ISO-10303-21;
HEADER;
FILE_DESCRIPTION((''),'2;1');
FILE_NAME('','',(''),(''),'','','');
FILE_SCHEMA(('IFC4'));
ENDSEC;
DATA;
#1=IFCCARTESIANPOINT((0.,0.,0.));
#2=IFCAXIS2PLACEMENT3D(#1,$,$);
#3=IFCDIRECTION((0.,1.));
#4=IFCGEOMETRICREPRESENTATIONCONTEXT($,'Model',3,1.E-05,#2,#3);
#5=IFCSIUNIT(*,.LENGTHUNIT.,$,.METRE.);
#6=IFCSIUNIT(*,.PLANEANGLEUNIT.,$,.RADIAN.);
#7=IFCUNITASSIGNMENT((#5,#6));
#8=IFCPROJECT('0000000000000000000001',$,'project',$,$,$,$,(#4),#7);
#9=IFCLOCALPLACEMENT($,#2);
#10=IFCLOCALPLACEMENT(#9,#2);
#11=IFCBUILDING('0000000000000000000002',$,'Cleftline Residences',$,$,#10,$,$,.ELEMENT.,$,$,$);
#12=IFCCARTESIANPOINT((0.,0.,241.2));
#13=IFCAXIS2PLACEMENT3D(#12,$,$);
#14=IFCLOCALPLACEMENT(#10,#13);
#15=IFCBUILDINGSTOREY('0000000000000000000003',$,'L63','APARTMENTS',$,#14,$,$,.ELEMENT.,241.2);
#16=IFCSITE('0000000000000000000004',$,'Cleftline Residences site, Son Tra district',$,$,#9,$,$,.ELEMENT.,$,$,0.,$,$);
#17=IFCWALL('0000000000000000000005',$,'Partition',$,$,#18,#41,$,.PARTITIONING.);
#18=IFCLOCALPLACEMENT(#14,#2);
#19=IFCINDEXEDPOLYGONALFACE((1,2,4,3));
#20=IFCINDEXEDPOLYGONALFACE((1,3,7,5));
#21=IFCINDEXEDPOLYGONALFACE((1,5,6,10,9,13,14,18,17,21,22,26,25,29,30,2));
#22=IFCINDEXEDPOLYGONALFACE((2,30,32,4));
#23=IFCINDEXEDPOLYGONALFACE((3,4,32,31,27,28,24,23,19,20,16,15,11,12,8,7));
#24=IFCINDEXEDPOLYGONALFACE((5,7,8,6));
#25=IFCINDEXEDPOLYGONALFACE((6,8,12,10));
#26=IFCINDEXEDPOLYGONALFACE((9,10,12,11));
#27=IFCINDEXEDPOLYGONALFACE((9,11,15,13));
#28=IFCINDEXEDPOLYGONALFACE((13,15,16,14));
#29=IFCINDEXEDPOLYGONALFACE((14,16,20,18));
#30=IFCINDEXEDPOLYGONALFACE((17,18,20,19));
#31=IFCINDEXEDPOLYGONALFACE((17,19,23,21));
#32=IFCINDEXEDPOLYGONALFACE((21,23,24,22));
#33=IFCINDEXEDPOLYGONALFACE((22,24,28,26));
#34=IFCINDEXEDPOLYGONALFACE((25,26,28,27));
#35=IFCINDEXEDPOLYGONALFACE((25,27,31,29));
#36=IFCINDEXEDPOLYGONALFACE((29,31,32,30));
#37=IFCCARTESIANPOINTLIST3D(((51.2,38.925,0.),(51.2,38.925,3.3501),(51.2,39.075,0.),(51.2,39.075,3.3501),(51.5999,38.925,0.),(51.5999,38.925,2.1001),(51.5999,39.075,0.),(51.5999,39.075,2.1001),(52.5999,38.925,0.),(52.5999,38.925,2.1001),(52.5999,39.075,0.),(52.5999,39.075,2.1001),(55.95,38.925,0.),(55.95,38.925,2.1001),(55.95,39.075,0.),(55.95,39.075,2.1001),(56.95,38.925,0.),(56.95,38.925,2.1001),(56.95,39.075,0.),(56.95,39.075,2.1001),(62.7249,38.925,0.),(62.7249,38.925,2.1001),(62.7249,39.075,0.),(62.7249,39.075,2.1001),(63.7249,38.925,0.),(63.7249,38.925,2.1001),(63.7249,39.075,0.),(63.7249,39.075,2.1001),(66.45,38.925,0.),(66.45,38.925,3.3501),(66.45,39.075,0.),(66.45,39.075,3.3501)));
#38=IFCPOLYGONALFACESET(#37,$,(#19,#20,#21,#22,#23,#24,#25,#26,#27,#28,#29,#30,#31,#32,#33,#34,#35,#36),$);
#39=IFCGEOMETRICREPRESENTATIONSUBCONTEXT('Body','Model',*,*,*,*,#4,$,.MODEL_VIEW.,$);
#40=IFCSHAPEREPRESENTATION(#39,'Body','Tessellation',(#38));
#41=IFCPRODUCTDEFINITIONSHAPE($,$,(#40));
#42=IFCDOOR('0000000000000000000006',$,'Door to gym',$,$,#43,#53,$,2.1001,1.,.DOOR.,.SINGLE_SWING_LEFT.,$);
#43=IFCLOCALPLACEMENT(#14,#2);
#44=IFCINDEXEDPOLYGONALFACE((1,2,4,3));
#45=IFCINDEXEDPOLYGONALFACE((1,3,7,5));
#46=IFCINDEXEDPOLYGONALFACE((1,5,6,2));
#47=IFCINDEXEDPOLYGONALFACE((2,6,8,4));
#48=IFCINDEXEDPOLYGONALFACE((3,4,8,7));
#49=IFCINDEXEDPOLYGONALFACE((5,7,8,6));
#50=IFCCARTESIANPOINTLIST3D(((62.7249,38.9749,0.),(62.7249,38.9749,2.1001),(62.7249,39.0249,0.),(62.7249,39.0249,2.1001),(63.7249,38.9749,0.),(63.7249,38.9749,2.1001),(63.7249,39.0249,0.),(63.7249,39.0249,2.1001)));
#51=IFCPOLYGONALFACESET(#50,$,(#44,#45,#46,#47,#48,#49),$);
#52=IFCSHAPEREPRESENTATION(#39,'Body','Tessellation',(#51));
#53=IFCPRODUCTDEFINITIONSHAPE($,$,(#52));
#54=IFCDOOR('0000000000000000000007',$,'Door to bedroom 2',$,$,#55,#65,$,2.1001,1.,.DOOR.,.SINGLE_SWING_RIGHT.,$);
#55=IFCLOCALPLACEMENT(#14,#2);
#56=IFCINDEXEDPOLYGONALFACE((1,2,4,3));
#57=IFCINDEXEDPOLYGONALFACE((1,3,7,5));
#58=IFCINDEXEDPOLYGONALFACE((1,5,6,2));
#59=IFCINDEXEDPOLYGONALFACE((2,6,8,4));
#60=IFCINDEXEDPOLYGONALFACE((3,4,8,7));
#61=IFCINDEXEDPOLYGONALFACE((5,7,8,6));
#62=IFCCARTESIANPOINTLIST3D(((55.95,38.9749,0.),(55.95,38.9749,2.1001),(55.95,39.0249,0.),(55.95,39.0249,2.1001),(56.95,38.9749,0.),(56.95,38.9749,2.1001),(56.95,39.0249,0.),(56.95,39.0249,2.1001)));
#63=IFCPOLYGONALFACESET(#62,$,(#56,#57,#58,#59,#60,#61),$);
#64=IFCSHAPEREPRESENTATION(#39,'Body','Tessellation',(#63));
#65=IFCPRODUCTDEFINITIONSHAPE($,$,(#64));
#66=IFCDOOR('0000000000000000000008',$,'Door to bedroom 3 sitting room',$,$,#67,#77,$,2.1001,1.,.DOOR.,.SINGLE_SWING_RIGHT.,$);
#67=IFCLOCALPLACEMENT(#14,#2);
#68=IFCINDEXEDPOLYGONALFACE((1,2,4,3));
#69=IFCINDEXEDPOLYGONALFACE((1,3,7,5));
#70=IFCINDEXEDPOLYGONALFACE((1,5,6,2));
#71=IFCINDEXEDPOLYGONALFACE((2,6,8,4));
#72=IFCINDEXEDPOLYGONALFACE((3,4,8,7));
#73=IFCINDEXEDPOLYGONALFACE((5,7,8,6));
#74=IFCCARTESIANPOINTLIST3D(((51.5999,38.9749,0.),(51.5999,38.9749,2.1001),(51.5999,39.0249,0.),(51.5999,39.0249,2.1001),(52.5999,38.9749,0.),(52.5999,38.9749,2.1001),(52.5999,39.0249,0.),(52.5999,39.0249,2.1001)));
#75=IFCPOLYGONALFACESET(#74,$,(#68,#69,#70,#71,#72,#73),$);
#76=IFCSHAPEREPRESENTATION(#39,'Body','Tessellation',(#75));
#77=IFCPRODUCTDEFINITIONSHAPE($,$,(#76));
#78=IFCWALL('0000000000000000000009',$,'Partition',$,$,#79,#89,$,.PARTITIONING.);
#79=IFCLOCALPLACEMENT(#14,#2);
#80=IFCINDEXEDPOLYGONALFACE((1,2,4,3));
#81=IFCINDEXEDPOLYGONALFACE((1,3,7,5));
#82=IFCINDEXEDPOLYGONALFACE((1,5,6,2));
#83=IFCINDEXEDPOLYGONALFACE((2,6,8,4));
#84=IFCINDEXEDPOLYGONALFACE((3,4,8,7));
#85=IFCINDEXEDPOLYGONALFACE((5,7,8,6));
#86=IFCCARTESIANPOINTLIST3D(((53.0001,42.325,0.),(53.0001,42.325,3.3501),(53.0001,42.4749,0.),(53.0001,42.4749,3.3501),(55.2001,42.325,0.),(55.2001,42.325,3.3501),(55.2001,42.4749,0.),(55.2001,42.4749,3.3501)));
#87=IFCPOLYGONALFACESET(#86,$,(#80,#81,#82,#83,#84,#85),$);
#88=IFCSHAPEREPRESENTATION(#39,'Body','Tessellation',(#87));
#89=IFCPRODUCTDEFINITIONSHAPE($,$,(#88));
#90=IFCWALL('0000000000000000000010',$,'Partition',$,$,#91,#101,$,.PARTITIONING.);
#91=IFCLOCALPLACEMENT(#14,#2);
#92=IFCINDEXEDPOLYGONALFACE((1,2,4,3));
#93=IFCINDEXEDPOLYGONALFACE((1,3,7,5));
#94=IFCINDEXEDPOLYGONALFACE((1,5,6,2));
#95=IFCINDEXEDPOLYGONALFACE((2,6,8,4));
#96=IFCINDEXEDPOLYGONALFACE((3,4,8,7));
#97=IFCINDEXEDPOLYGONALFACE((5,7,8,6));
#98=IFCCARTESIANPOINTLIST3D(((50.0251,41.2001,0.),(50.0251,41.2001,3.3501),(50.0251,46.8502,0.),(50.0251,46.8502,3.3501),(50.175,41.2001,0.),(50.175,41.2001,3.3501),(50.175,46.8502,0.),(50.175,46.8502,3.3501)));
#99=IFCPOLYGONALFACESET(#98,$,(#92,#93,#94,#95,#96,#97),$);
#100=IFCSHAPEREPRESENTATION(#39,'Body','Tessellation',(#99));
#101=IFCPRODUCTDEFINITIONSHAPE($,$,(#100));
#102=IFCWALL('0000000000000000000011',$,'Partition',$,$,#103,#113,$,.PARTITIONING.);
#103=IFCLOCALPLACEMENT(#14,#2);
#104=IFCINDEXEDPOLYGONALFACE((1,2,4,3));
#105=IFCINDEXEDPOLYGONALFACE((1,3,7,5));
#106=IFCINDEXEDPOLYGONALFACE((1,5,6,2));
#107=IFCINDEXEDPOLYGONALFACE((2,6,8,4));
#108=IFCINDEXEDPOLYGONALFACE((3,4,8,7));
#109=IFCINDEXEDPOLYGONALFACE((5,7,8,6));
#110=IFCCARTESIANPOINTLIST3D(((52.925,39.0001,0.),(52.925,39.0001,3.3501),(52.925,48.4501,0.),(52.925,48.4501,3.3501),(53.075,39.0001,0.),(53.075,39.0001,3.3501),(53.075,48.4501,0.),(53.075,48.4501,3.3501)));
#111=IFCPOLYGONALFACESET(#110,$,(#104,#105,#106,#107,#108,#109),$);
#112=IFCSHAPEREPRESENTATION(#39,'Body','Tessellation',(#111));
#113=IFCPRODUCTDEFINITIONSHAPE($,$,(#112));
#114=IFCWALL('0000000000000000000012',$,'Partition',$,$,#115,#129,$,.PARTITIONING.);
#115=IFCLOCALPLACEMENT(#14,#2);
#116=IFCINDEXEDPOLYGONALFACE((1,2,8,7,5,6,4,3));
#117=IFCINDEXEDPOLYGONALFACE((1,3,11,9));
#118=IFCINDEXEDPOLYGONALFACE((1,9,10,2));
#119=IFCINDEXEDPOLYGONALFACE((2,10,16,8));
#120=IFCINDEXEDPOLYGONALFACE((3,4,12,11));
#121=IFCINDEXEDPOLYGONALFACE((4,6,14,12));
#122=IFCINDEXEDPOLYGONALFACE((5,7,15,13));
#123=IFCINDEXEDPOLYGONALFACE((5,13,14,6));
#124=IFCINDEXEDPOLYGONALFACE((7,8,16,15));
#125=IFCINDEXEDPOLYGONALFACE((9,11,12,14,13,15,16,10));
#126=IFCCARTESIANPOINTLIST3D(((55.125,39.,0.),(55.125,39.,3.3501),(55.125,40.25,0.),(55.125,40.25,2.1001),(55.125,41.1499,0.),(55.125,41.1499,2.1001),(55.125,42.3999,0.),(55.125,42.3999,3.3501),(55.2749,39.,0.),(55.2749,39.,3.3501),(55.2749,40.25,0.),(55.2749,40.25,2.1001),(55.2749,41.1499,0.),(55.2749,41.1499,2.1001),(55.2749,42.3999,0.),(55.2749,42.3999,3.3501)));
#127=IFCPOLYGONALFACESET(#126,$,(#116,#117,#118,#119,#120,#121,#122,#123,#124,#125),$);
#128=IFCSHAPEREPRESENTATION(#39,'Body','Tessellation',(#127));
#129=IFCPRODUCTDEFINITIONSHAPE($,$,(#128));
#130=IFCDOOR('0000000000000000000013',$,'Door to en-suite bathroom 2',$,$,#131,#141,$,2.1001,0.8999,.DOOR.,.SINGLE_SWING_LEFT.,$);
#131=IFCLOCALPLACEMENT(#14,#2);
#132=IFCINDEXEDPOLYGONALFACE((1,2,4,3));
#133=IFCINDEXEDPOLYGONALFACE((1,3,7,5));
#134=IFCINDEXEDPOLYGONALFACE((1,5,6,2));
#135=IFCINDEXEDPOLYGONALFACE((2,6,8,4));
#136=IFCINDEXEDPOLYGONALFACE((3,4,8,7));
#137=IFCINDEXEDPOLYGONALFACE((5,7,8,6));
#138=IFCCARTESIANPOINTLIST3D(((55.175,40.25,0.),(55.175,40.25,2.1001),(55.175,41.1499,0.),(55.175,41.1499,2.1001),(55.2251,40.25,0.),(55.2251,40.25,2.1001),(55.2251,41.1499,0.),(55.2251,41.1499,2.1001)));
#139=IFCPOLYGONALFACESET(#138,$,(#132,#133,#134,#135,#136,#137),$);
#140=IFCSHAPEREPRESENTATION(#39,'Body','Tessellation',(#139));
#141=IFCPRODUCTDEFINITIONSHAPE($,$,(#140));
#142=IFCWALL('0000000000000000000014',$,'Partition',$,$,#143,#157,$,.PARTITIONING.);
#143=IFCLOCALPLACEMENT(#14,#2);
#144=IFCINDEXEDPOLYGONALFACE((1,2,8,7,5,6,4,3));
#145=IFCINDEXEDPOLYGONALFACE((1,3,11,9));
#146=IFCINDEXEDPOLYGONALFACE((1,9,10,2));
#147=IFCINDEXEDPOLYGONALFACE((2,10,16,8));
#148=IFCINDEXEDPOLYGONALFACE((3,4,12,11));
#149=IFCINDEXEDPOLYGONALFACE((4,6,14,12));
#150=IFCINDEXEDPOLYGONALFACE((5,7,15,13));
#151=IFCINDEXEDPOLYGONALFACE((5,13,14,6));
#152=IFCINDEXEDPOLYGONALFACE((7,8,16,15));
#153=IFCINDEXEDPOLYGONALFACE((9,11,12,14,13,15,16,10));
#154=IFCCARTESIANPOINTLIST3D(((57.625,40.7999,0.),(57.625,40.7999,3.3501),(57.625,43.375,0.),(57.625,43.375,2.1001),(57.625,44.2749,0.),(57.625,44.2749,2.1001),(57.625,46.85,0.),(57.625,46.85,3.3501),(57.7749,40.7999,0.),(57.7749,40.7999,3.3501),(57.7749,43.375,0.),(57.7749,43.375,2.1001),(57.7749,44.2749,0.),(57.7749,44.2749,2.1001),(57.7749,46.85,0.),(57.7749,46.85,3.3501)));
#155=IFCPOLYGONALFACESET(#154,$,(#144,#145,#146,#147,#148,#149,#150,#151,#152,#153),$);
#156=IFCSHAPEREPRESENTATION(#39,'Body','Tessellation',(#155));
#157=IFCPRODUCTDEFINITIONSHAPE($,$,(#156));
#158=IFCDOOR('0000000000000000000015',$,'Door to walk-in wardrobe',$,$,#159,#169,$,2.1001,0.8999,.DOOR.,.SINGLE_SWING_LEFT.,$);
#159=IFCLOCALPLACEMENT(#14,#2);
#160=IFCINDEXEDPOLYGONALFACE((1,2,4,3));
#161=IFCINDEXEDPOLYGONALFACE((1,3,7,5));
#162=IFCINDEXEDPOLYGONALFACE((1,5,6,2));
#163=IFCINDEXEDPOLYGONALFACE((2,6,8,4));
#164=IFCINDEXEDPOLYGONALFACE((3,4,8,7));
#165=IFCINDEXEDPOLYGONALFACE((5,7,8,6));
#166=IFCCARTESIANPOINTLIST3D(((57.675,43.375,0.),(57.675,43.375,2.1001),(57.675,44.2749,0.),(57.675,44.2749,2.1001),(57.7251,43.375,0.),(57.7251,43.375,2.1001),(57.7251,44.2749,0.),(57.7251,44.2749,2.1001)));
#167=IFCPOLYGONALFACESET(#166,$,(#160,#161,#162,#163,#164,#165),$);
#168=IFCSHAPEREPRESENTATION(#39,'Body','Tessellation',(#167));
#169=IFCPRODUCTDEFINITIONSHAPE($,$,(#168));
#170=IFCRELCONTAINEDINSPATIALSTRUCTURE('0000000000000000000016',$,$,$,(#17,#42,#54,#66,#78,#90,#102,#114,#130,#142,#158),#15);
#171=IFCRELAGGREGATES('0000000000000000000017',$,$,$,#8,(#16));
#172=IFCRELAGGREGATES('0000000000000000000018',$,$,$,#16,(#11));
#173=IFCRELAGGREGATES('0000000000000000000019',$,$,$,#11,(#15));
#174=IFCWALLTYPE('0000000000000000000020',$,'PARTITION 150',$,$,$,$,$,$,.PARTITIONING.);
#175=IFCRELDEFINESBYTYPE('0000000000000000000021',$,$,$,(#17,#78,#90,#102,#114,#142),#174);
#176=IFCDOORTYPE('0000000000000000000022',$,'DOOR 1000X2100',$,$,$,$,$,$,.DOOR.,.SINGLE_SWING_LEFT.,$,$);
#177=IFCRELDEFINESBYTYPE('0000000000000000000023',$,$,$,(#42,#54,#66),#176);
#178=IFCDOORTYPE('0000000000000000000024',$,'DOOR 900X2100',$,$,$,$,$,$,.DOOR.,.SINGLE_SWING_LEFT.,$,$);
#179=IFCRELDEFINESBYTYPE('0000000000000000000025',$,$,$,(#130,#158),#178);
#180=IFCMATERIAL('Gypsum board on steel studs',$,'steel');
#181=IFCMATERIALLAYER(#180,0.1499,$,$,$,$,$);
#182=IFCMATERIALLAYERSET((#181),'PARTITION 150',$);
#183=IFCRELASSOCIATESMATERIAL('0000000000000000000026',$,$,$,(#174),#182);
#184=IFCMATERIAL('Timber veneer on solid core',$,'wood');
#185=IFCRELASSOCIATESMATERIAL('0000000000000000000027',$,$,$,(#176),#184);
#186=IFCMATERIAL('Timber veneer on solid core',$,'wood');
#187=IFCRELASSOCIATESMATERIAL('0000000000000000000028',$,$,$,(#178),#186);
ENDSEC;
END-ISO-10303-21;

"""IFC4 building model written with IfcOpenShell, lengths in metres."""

from ifc_helpers import new_model, si_unit, direction, frame, frame_2d, origin, place, context, subcontext, project, spatial, rectangle, extrude, material, layer, layer_set, type_object, element, fill, save


model = new_model("IFC4")

# Units and contexts
model_context = context("Model", 3, precision=1e-05, world=origin(), true_north=direction((0.0, 1.0)))
body_context = subcontext(model_context, "Body", "Model", "MODEL_VIEW")
ifc_project = project(units=[si_unit("LENGTHUNIT", "METRE"), si_unit("PLANEANGLEUNIT", "RADIAN")], contexts=[model_context])

# Site, building, storey
site_placement = place(None, origin())
site = spatial("IfcSite", under=ifc_project, at=site_placement, Name="Cleftline Residences site, Son Tra district", CompositionType="ELEMENT", RefElevation=0.0)
building_placement = place(site_placement, origin())
building = spatial("IfcBuilding", under=site, at=building_placement, Name="Cleftline Residences", CompositionType="ELEMENT")
storey_placement = place(building_placement, frame((0.0, 0.0, 241.2)))
storey = spatial("IfcBuildingStorey", under=building, at=storey_placement, Name="L63", Description="APARTMENTS", CompositionType="ELEMENT", Elevation=241.2)

# Wall, openings, doors
ifc_material_1 = material(Name="Gypsum board on steel studs", Category="steel")
ifc_layer_1 = layer(ifc_material_1, 0.1499)
ifc_layer_set_1 = layer_set([ifc_layer_1], Name="PARTITION 150")
wall_type_1 = type_object("IfcWallType", Name="PARTITION 150", PredefinedType="PARTITIONING", material=ifc_layer_set_1)
wall_1_placement = place(storey_placement, frame((51.2, 39.0, 0.0), z_axis=(0.0, 0.0, 1.0), x_axis=(1.0, 0.0, 0.0)))
wall_1 = element("IfcWall", 1, at=wall_1_placement, inside=storey, type_object=wall_type_1, Name="Partition", PredefinedType="PARTITIONING", context=body_context, shape_type="SweptSolid", body=[
    extrude(rectangle(XDim=15.25, YDim=0.1499, at=frame_2d((7.625, 0.0))), origin(), (0.0, 0.0, 1.0), 3.3501),
])
opening_1_placement = place(wall_1_placement, frame((11.5249, 0.0, 0.0)))
opening_1 = element("IfcOpeningElement", 2, at=opening_1_placement, cuts=wall_1, PredefinedType="OPENING", context=body_context, shape_type="SweptSolid", body=[
    extrude(rectangle(XDim=1.0, YDim=2.1001, at=frame_2d((0.5, 1.05))), frame((0.0, 0.085, 0.0), z_axis=(0.0, -1.0, 0.0), x_axis=(1.0, 0.0, 0.0)), (0.0, 0.0, 1.0), 0.1699),
])
opening_2_placement = place(wall_1_placement, frame((4.75, 0.0, 0.0)))
opening_2 = element("IfcOpeningElement", 3, at=opening_2_placement, cuts=wall_1, PredefinedType="OPENING", context=body_context, shape_type="SweptSolid", body=[
    extrude(rectangle(XDim=1.0, YDim=2.1001, at=frame_2d((0.5, 1.05))), frame((0.0, 0.085, 0.0), z_axis=(0.0, -1.0, 0.0), x_axis=(1.0, 0.0, 0.0)), (0.0, 0.0, 1.0), 0.1699),
])
opening_3_placement = place(wall_1_placement, frame((0.3999, 0.0, 0.0)))
opening_3 = element("IfcOpeningElement", 4, at=opening_3_placement, cuts=wall_1, PredefinedType="OPENING", context=body_context, shape_type="SweptSolid", body=[
    extrude(rectangle(XDim=1.0, YDim=2.1001, at=frame_2d((0.5, 1.05))), frame((0.0, 0.085, 0.0), z_axis=(0.0, -1.0, 0.0), x_axis=(1.0, 0.0, 0.0)), (0.0, 0.0, 1.0), 0.1699),
])
ifc_material_2 = material(Name="Timber veneer on solid core", Category="wood")
door_type_1 = type_object("IfcDoorType", Name="DOOR 1000X2100", OperationType="SINGLE_SWING_LEFT", PredefinedType="DOOR", material=ifc_material_2)
door_1_placement = place(opening_1_placement, origin())
door_1 = element("IfcDoor", 5, at=door_1_placement, inside=storey, type_object=door_type_1, Name="Door to gym", OperationType="SINGLE_SWING_LEFT", OverallHeight=2.1001, OverallWidth=1.0, PredefinedType="DOOR", context=body_context, shape_type="SweptSolid", body=[
    extrude(rectangle(XDim=1.0, YDim=2.1001, at=frame_2d((0.5, 1.05))), frame((0.0, 0.0249, 0.0), z_axis=(0.0, -1.0, 0.0), x_axis=(1.0, 0.0, 0.0)), (0.0, 0.0, 1.0), 0.05),
])
fill(opening_1, door_1)
door_2_placement = place(opening_2_placement, origin())
door_2 = element("IfcDoor", 6, at=door_2_placement, inside=storey, type_object=door_type_1, Name="Door to bedroom 2", OperationType="SINGLE_SWING_RIGHT", OverallHeight=2.1001, OverallWidth=1.0, PredefinedType="DOOR", context=body_context, shape_type="SweptSolid", body=[
    extrude(rectangle(XDim=1.0, YDim=2.1001, at=frame_2d((0.5, 1.05))), frame((0.0, 0.0249, 0.0), z_axis=(0.0, -1.0, 0.0), x_axis=(1.0, 0.0, 0.0)), (0.0, 0.0, 1.0), 0.05),
])
fill(opening_2, door_2)
door_3_placement = place(opening_3_placement, origin())
door_3 = element("IfcDoor", 7, at=door_3_placement, inside=storey, type_object=door_type_1, Name="Door to bedroom 3 sitting room", OperationType="SINGLE_SWING_RIGHT", OverallHeight=2.1001, OverallWidth=1.0, PredefinedType="DOOR", context=body_context, shape_type="SweptSolid", body=[
    extrude(rectangle(XDim=1.0, YDim=2.1001, at=frame_2d((0.5, 1.05))), frame((0.0, 0.0249, 0.0), z_axis=(0.0, -1.0, 0.0), x_axis=(1.0, 0.0, 0.0)), (0.0, 0.0, 1.0), 0.05),
])
fill(opening_3, door_3)

# Walls
wall_2_placement = place(storey_placement, frame((53.0, 42.3999, 0.0), z_axis=(0.0, 0.0, 1.0), x_axis=(1.0, 0.0, 0.0)))
element("IfcWall", 8, at=wall_2_placement, inside=storey, type_object=wall_type_1, Name="Partition", PredefinedType="PARTITIONING", context=body_context, shape_type="SweptSolid", body=[
    extrude(rectangle(XDim=2.2, YDim=0.1499, at=frame_2d((1.1001, 0.0))), origin(), (0.0, 0.0, 1.0), 3.3501),
])
wall_3_placement = place(storey_placement, frame((50.1001, 41.2, 0.0), z_axis=(0.0, 0.0, 1.0), x_axis=(0.0, 1.0, 0.0)))
element("IfcWall", 9, at=wall_3_placement, inside=storey, type_object=wall_type_1, Name="Partition", PredefinedType="PARTITIONING", context=body_context, shape_type="SweptSolid", body=[
    extrude(rectangle(XDim=5.6501, YDim=0.1499, at=frame_2d((2.8252, 0.0))), origin(), (0.0, 0.0, 1.0), 3.3501),
])
wall_4_placement = place(storey_placement, frame((53.0, 39.0, 0.0), z_axis=(0.0, 0.0, 1.0), x_axis=(0.0, 1.0, 0.0)))
element("IfcWall", 10, at=wall_4_placement, inside=storey, type_object=wall_type_1, Name="Partition", PredefinedType="PARTITIONING", context=body_context, shape_type="SweptSolid", body=[
    extrude(rectangle(XDim=9.45, YDim=0.1499, at=frame_2d((4.7251, 0.0))), origin(), (0.0, 0.0, 1.0), 3.3501),
])

# Walls, openings, doors
wall_5_placement = place(storey_placement, frame((55.2, 39.0, 0.0), z_axis=(0.0, 0.0, 1.0), x_axis=(0.0, 1.0, 0.0)))
wall_5 = element("IfcWall", 11, at=wall_5_placement, inside=storey, type_object=wall_type_1, Name="Partition", PredefinedType="PARTITIONING", context=body_context, shape_type="SweptSolid", body=[
    extrude(rectangle(XDim=3.3999, YDim=0.1499, at=frame_2d((1.7, 0.0))), origin(), (0.0, 0.0, 1.0), 3.3501),
])
opening_4_placement = place(wall_5_placement, frame((1.25, 0.0, 0.0)))
opening_4 = element("IfcOpeningElement", 12, at=opening_4_placement, cuts=wall_5, PredefinedType="OPENING", context=body_context, shape_type="SweptSolid", body=[
    extrude(rectangle(XDim=0.8999, YDim=2.1001, at=frame_2d((0.45, 1.05))), frame((0.0, 0.085, 0.0), z_axis=(0.0, -1.0, 0.0), x_axis=(1.0, 0.0, 0.0)), (0.0, 0.0, 1.0), 0.1699),
])
ifc_material_3 = material(Name="Timber veneer on solid core", Category="wood")
door_type_2 = type_object("IfcDoorType", Name="DOOR 900X2100", OperationType="SINGLE_SWING_LEFT", PredefinedType="DOOR", material=ifc_material_3)
door_4_placement = place(opening_4_placement, origin())
door_4 = element("IfcDoor", 13, at=door_4_placement, inside=storey, type_object=door_type_2, Name="Door to en-suite bathroom 2", OperationType="SINGLE_SWING_LEFT", OverallHeight=2.1001, OverallWidth=0.8999, PredefinedType="DOOR", context=body_context, shape_type="SweptSolid", body=[
    extrude(rectangle(XDim=0.8999, YDim=2.1001, at=frame_2d((0.45, 1.05))), frame((0.0, 0.0249, 0.0), z_axis=(0.0, -1.0, 0.0), x_axis=(1.0, 0.0, 0.0)), (0.0, 0.0, 1.0), 0.05),
])
fill(opening_4, door_4)
wall_6_placement = place(storey_placement, frame((57.7, 40.8, 0.0), z_axis=(0.0, 0.0, 1.0), x_axis=(0.0, 1.0, 0.0)))
wall_6 = element("IfcWall", 14, at=wall_6_placement, inside=storey, type_object=wall_type_1, Name="Partition", PredefinedType="PARTITIONING", context=body_context, shape_type="SweptSolid", body=[
    extrude(rectangle(XDim=6.05, YDim=0.1499, at=frame_2d((3.0249, 0.0))), origin(), (0.0, 0.0, 1.0), 3.3501),
])
opening_5_placement = place(wall_6_placement, frame((2.575, 0.0, 0.0)))
opening_5 = element("IfcOpeningElement", 15, at=opening_5_placement, cuts=wall_6, PredefinedType="OPENING", context=body_context, shape_type="SweptSolid", body=[
    extrude(rectangle(XDim=0.8999, YDim=2.1001, at=frame_2d((0.45, 1.05))), frame((0.0, 0.085, 0.0), z_axis=(0.0, -1.0, 0.0), x_axis=(1.0, 0.0, 0.0)), (0.0, 0.0, 1.0), 0.1699),
])
door_5_placement = place(opening_5_placement, origin())
door_5 = element("IfcDoor", 16, at=door_5_placement, inside=storey, type_object=door_type_2, Name="Door to walk-in wardrobe", OperationType="SINGLE_SWING_LEFT", OverallHeight=2.1001, OverallWidth=0.8999, PredefinedType="DOOR", context=body_context, shape_type="SweptSolid", body=[
    extrude(rectangle(XDim=0.8999, YDim=2.1001, at=frame_2d((0.45, 1.05))), frame((0.0, 0.0249, 0.0), z_axis=(0.0, -1.0, 0.0), x_axis=(1.0, 0.0, 0.0)), (0.0, 0.0, 1.0), 0.05),
])
fill(opening_5, door_5)

save(model, "model.ifc")
